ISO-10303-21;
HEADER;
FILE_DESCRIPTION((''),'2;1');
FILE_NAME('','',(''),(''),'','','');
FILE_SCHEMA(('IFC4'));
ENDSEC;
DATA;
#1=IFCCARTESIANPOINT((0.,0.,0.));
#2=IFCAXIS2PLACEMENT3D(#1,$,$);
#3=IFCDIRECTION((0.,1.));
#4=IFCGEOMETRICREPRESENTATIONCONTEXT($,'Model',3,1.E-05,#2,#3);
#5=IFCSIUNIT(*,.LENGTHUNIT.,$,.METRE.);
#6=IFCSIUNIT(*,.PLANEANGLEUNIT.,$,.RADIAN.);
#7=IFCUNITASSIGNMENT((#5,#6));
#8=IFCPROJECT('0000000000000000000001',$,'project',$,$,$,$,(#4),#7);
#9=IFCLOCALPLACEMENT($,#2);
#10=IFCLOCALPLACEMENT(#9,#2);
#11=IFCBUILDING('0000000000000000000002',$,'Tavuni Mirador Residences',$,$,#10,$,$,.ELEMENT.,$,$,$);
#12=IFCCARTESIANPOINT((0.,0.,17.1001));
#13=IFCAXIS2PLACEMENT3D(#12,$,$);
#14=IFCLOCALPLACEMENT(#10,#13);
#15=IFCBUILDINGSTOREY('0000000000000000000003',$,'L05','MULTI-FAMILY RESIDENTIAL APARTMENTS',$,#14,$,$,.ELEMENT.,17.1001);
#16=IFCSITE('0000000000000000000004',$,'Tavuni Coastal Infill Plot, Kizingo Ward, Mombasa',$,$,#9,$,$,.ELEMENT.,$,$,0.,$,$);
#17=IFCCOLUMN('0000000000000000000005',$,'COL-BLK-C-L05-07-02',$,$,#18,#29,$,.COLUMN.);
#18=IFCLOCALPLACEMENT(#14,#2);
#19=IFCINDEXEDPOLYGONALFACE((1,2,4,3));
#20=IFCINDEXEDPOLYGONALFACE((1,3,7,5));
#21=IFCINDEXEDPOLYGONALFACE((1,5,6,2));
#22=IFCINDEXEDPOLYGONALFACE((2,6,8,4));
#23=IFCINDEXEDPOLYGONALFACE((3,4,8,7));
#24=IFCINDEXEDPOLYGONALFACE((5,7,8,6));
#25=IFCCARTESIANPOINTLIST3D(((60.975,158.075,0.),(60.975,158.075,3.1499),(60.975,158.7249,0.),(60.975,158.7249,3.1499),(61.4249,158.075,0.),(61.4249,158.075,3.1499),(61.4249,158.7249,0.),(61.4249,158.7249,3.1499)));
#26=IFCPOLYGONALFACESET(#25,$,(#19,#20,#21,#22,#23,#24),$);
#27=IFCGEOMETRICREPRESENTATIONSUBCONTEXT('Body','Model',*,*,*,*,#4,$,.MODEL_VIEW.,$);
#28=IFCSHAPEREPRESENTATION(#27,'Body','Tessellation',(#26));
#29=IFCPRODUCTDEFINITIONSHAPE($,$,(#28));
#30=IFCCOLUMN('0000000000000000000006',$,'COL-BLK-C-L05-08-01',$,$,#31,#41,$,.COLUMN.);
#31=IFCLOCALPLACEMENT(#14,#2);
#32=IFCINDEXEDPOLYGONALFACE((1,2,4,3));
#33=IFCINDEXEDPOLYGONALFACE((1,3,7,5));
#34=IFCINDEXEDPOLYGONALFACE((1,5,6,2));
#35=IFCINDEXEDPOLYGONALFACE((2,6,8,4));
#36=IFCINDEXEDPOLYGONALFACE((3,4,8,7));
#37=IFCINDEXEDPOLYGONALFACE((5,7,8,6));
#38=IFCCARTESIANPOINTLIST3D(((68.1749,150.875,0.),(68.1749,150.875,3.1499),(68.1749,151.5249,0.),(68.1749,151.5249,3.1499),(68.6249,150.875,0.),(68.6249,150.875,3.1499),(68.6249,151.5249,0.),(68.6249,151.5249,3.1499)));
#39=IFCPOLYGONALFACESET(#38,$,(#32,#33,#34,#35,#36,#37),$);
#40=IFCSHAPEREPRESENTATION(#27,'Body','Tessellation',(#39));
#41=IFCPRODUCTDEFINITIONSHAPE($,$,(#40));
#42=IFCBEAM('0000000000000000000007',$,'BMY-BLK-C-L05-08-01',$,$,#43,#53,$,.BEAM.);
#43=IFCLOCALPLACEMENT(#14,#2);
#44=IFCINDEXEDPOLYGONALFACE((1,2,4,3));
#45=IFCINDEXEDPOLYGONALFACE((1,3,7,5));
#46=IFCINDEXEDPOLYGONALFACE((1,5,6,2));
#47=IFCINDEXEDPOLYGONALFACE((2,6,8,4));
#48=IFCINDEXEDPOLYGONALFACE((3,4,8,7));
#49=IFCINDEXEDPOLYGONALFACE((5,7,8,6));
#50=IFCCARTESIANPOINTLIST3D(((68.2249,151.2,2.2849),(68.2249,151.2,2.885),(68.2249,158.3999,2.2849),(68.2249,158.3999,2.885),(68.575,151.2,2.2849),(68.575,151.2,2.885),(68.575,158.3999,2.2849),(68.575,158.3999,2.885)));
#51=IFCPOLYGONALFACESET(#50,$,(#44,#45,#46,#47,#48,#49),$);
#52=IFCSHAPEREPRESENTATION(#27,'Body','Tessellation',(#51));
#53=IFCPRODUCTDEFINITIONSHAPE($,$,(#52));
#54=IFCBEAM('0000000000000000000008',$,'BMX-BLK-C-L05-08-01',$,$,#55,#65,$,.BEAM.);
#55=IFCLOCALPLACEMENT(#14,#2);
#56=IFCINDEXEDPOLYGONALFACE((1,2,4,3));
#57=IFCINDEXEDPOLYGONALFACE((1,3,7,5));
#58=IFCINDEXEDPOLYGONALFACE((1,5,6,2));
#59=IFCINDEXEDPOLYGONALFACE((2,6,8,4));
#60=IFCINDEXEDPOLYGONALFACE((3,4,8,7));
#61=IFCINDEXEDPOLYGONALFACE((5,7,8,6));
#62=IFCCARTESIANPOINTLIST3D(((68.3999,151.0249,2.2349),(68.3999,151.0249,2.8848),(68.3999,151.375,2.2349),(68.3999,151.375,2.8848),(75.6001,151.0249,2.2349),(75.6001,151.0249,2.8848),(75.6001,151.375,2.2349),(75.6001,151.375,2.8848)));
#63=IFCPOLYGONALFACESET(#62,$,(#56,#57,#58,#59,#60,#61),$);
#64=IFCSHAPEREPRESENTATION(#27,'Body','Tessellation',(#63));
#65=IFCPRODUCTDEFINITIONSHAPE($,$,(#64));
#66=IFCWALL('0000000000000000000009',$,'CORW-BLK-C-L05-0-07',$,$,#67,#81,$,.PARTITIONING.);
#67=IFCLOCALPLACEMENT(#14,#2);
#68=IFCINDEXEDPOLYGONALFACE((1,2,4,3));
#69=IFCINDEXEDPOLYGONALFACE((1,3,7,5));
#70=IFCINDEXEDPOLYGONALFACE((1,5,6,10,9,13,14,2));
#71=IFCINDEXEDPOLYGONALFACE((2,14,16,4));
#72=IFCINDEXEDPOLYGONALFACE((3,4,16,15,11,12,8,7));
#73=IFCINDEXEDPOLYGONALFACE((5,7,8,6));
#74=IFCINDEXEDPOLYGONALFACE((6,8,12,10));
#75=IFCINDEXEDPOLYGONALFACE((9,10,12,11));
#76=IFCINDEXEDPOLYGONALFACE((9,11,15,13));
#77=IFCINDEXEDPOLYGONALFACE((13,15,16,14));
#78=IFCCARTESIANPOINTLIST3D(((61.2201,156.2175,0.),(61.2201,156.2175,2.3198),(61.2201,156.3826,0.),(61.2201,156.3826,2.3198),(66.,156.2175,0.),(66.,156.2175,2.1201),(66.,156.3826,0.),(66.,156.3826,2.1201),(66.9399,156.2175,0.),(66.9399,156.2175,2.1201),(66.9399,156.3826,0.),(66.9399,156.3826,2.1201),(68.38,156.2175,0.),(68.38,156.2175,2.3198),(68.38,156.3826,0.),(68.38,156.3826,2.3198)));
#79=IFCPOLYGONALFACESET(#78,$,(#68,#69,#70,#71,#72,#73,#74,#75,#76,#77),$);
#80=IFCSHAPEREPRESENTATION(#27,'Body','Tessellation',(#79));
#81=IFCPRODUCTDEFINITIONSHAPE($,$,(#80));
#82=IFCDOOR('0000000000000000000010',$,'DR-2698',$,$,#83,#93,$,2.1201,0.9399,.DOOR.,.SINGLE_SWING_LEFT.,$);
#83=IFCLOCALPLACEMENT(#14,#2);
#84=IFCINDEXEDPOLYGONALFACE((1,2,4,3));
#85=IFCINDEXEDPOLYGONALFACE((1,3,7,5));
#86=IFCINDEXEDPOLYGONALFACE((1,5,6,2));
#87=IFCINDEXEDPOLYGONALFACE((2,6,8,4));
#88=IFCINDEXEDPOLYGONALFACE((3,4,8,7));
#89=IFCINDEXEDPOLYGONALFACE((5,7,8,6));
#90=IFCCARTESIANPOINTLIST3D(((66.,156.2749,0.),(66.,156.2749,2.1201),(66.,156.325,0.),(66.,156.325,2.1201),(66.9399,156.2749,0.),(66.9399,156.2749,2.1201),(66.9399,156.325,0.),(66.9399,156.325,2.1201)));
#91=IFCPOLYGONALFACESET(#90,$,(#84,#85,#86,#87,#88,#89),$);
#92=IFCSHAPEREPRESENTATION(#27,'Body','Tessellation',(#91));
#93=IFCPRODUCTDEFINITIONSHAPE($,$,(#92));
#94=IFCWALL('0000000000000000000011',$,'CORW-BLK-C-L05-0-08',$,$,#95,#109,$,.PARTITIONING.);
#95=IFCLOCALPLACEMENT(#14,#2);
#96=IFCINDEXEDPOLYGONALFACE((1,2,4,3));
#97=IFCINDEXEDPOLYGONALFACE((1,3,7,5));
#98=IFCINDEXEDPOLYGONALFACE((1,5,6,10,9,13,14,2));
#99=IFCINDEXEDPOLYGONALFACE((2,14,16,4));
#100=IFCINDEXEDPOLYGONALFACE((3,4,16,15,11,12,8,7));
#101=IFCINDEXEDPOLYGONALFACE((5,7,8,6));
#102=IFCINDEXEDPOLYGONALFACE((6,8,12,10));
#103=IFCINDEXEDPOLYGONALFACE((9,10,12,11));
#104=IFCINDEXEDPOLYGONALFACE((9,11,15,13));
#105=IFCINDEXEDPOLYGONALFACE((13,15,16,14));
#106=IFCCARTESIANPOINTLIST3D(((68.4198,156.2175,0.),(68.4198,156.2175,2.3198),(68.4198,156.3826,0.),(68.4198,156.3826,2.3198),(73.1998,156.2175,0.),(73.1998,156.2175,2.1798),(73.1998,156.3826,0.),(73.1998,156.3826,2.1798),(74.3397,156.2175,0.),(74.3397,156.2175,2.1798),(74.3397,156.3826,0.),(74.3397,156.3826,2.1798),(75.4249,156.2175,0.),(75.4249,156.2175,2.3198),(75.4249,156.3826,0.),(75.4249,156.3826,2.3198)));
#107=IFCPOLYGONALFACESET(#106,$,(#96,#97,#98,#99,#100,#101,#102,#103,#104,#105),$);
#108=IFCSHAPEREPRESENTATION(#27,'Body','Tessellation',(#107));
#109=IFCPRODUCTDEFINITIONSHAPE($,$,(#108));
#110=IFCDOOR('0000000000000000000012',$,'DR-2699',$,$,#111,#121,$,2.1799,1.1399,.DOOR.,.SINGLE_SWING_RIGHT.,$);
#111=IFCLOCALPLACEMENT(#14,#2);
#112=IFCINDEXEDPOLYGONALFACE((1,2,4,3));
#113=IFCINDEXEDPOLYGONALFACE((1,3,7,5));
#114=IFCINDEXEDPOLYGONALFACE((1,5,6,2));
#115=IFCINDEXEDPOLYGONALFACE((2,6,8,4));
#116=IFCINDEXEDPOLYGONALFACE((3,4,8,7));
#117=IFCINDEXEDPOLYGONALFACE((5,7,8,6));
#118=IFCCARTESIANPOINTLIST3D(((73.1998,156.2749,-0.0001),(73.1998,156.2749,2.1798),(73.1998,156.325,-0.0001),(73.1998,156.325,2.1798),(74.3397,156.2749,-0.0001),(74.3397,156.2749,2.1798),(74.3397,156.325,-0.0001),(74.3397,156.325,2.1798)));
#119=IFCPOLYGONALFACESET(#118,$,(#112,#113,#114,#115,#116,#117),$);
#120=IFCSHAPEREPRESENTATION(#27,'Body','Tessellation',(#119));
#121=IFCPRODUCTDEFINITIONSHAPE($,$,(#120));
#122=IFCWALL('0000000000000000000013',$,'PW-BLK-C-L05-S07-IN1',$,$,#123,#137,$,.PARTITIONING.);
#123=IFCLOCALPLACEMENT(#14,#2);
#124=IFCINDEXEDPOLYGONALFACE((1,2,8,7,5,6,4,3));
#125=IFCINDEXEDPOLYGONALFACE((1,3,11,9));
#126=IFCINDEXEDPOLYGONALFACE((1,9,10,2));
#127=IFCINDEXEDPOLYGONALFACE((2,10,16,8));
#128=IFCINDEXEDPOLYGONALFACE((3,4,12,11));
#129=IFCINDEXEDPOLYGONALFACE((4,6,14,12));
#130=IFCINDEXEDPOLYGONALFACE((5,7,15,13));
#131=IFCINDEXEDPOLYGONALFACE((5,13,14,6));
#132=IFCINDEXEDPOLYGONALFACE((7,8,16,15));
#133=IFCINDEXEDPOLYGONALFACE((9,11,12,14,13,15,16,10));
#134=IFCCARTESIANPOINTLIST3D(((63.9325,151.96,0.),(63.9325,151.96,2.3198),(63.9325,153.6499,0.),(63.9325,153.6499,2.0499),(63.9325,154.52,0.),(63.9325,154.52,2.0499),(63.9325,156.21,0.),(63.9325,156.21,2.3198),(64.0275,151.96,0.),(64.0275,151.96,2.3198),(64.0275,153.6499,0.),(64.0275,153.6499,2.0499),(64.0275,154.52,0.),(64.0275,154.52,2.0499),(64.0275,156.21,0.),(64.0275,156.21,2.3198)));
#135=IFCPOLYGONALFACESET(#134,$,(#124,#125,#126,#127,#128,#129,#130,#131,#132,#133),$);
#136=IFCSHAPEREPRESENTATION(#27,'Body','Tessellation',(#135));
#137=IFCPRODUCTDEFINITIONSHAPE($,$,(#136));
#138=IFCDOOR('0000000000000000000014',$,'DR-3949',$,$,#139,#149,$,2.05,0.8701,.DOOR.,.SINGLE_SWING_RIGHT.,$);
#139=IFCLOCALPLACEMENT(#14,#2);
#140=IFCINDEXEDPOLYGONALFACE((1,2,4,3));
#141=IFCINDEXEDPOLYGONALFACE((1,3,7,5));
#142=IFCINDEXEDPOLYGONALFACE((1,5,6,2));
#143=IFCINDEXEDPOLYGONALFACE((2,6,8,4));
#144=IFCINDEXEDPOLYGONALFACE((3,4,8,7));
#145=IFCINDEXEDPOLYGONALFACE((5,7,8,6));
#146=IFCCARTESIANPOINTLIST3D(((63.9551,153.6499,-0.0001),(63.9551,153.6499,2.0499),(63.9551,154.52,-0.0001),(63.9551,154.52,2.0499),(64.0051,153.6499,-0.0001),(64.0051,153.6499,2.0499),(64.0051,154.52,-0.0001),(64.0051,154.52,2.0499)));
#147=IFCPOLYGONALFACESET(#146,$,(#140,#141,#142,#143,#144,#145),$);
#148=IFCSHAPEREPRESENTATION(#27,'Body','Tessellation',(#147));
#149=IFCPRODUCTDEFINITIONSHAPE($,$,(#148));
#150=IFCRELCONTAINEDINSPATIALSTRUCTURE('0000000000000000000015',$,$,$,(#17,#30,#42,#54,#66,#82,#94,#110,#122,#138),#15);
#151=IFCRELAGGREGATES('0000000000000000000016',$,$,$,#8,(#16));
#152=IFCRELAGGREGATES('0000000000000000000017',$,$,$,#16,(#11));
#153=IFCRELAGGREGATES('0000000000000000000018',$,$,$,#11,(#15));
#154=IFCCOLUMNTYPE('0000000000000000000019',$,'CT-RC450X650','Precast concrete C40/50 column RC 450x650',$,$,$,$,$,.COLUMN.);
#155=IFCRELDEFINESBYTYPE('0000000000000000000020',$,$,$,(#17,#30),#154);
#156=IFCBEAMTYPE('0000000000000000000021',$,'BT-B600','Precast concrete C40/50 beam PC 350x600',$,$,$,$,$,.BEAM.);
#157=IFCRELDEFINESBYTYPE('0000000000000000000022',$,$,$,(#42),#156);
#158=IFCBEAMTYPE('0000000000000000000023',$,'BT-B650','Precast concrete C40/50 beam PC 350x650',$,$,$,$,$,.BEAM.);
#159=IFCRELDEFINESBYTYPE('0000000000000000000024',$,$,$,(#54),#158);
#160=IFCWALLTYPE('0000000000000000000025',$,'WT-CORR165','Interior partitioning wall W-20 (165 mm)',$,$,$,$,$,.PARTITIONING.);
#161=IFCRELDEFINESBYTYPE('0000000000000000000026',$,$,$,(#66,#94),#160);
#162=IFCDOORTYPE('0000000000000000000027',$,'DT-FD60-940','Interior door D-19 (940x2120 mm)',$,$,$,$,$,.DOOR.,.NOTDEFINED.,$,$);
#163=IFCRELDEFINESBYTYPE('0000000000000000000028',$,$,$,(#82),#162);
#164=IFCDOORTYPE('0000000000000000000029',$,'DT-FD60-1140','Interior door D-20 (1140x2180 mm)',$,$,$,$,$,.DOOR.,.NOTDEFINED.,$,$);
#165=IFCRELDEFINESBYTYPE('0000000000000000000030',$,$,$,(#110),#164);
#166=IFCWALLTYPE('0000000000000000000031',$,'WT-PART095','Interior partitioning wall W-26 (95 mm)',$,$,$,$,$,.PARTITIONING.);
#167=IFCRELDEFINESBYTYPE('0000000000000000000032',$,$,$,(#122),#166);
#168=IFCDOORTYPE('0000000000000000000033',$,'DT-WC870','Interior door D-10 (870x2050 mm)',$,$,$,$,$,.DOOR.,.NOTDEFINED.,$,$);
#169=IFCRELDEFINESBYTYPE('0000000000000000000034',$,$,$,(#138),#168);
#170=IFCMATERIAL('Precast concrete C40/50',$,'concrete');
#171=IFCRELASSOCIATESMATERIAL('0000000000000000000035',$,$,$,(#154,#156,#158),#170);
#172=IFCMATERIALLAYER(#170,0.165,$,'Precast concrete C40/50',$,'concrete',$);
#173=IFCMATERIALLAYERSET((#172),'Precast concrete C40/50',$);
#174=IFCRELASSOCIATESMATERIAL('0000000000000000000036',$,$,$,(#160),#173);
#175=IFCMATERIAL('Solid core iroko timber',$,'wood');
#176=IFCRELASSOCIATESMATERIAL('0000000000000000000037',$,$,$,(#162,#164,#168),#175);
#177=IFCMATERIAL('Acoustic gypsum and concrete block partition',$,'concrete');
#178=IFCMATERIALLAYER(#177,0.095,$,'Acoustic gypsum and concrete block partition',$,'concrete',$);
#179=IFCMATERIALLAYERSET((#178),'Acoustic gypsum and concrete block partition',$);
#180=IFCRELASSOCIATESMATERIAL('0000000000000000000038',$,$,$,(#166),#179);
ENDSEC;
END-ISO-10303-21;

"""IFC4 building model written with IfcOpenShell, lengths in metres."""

from ifc_helpers import new_model, si_unit, direction, frame, frame_2d, origin, origin_2d, place, context, subcontext, project, spatial, rectangle, extrude, material, layer, layer_set, material_profile, profile_set, type_object, element, fill, save


model = new_model("IFC4")

# Units and contexts
model_context = context("Model", 3, precision=1e-05, world=origin(), true_north=direction((0.0, 1.0)))
body_context = subcontext(model_context, "Body", "Model", "MODEL_VIEW")
ifc_project = project(units=[si_unit("LENGTHUNIT", "METRE"), si_unit("PLANEANGLEUNIT", "RADIAN")], contexts=[model_context])

# Site, building, storey
site_placement = place(None, origin())
site = spatial("IfcSite", under=ifc_project, at=site_placement, Name="Tavuni Coastal Infill Plot, Kizingo Ward, Mombasa", CompositionType="ELEMENT", RefElevation=0.0)
building_placement = place(site_placement, origin())
building = spatial("IfcBuilding", under=site, at=building_placement, Name="Tavuni Mirador Residences", CompositionType="ELEMENT")
storey_placement = place(building_placement, frame((0.0, 0.0, 17.1001)))
storey = spatial("IfcBuildingStorey", under=building, at=storey_placement, Name="L05", Description="MULTI-FAMILY RESIDENTIAL APARTMENTS", CompositionType="ELEMENT", Elevation=17.1001)

# Columns
ifc_material_1 = material(Name="Precast concrete C40/50", Category="concrete")
ifc_material_profile_1 = material_profile(ifc_material_1, rectangle(XDim=0.45, YDim=0.6499, at=origin_2d()), Name="RC 450x650", Category="concrete")
ifc_profile_set_1 = profile_set([ifc_material_profile_1], Name="Precast concrete C40/50")
column_type = type_object("IfcColumnType", Name="CT-RC450X650", Description="Precast concrete C40/50 column RC 450x650", PredefinedType="COLUMN", material=ifc_profile_set_1)
for number, where, z_axis, x_axis, name in (
    (1, (61.2, 158.3999, 0.0), (0.0, 0.0, 1.0), (1.0, 0.0, 0.0), "COL-BLK-C-L05-07-02"),
    (2, (68.3999, 151.2, 0.0), (0.0, 0.0, 1.0), (1.0, 0.0, 0.0), "COL-BLK-C-L05-08-01"),
):
    element("IfcColumn", number, at=place(storey_placement, frame(where, z_axis=z_axis, x_axis=x_axis)), inside=storey, type_object=column_type, Name=name, PredefinedType="COLUMN", context=body_context, shape_type="SweptSolid", body=[
        extrude(rectangle(XDim=0.45, YDim=0.6499, at=origin_2d()), origin(), (0.0, 0.0, 1.0), 3.1499),
    ])

# Beams
ifc_material_profile_2 = material_profile(ifc_material_1, rectangle(XDim=0.3501, YDim=0.6001, at=origin_2d()), Name="PC 350x600", Category="concrete")
ifc_profile_set_2 = profile_set([ifc_material_profile_2], Name="Precast concrete C40/50")
beam_type_1 = type_object("IfcBeamType", Name="BT-B600", Description="Precast concrete C40/50 beam PC 350x600", PredefinedType="BEAM", material=ifc_profile_set_2)
beam_1_placement = place(storey_placement, frame((68.3999, 151.2, 2.585), z_axis=(0.0, 1.0, 0.0), x_axis=(-1.0, 0.0, 0.0)))
element("IfcBeam", 3, at=beam_1_placement, inside=storey, type_object=beam_type_1, Name="BMY-BLK-C-L05-08-01", PredefinedType="BEAM", context=body_context, shape_type="SweptSolid", body=[
    extrude(rectangle(XDim=0.3501, YDim=0.6001, at=origin_2d()), origin(), (0.0, 0.0, 1.0), 7.2),
])
ifc_material_profile_3 = material_profile(ifc_material_1, rectangle(XDim=0.3501, YDim=0.6499, at=origin_2d()), Name="PC 350x650", Category="concrete")
ifc_profile_set_3 = profile_set([ifc_material_profile_3], Name="Precast concrete C40/50")
beam_type_2 = type_object("IfcBeamType", Name="BT-B650", Description="Precast concrete C40/50 beam PC 350x650", PredefinedType="BEAM", material=ifc_profile_set_3)
beam_2_placement = place(storey_placement, frame((68.3999, 151.2, 2.5598), z_axis=(1.0, 0.0, 0.0), x_axis=(0.0, 1.0, 0.0)))
element("IfcBeam", 4, at=beam_2_placement, inside=storey, type_object=beam_type_2, Name="BMX-BLK-C-L05-08-01", PredefinedType="BEAM", context=body_context, shape_type="SweptSolid", body=[
    extrude(rectangle(XDim=0.3501, YDim=0.6499, at=origin_2d()), origin(), (0.0, 0.0, 1.0), 7.2002),
])

# Walls, openings, doors
ifc_layer_1 = layer(ifc_material_1, 0.165, Name="Precast concrete C40/50", Category="concrete")
ifc_layer_set_1 = layer_set([ifc_layer_1], Name="Precast concrete C40/50")
wall_type_1 = type_object("IfcWallType", Name="WT-CORR165", Description="Interior partitioning wall W-20 (165 mm)", PredefinedType="PARTITIONING", material=ifc_layer_set_1)
wall_1_placement = place(storey_placement, frame((61.22, 156.3, 0.0), z_axis=(0.0, 0.0, 1.0), x_axis=(1.0, 0.0, 0.0)))
wall_1 = element("IfcWall", 5, at=wall_1_placement, inside=storey, type_object=wall_type_1, Name="CORW-BLK-C-L05-0-07", PredefinedType="PARTITIONING", context=body_context, shape_type="SweptSolid", body=[
    extrude(rectangle(XDim=7.1599, YDim=0.165, at=frame_2d((3.5801, 0.0))), origin(), (0.0, 0.0, 1.0), 2.3198),
])
opening_1_placement = place(wall_1_placement, frame((4.78, 0.0, 0.0)))
opening_1 = element("IfcOpeningElement", 6, at=opening_1_placement, cuts=wall_1, PredefinedType="OPENING", context=body_context, shape_type="SweptSolid", body=[
    extrude(rectangle(XDim=0.9399, YDim=2.1201, at=frame_2d((0.47, 1.0601))), frame((0.0, 0.0925, 0.0), z_axis=(0.0, -1.0, 0.0), x_axis=(1.0, 0.0, 0.0)), (0.0, 0.0, 1.0), 0.1851),
])
ifc_material_2 = material(Name="Solid core iroko timber", Category="wood")
door_type_1 = type_object("IfcDoorType", Name="DT-FD60-940", Description="Interior door D-19 (940x2120 mm)", OperationType="NOTDEFINED", PredefinedType="DOOR", material=ifc_material_2)
door_1_placement = place(opening_1_placement, origin())
door_1 = element("IfcDoor", 7, at=door_1_placement, inside=storey, type_object=door_type_1, Name="DR-2698", OperationType="SINGLE_SWING_LEFT", OverallHeight=2.1201, OverallWidth=0.9399, PredefinedType="DOOR", context=body_context, shape_type="SweptSolid", body=[
    extrude(rectangle(XDim=0.9399, YDim=2.1201, at=frame_2d((0.47, 1.0601))), frame((0.0, 0.0249, 0.0), z_axis=(0.0, -1.0, 0.0), x_axis=(1.0, 0.0, 0.0)), (0.0, 0.0, 1.0), 0.05),
])
fill(opening_1, door_1)
wall_2_placement = place(storey_placement, frame((68.4199, 156.3, 0.0), z_axis=(0.0, 0.0, 1.0), x_axis=(1.0, 0.0, 0.0)))
wall_2 = element("IfcWall", 8, at=wall_2_placement, inside=storey, type_object=wall_type_1, Name="CORW-BLK-C-L05-0-08", PredefinedType="PARTITIONING", context=body_context, shape_type="SweptSolid", body=[
    extrude(rectangle(XDim=7.0051, YDim=0.165, at=frame_2d((3.5024, 0.0))), origin(), (0.0, 0.0, 1.0), 2.3198),
])
opening_2_placement = place(wall_2_placement, frame((4.78, 0.0, 0.0)))
opening_2 = element("IfcOpeningElement", 9, at=opening_2_placement, cuts=wall_2, PredefinedType="OPENING", context=body_context, shape_type="SweptSolid", body=[
    extrude(rectangle(XDim=1.1399, YDim=2.1799, at=frame_2d((0.5698, 1.0898))), frame((0.0, 0.0925, 0.0), z_axis=(0.0, -1.0, 0.0), x_axis=(1.0, 0.0, 0.0)), (0.0, 0.0, 1.0), 0.1851),
])
door_type_2 = type_object("IfcDoorType", Name="DT-FD60-1140", Description="Interior door D-20 (1140x2180 mm)", OperationType="NOTDEFINED", PredefinedType="DOOR", material=ifc_material_2)
door_2_placement = place(opening_2_placement, origin())
door_2 = element("IfcDoor", 10, at=door_2_placement, inside=storey, type_object=door_type_2, Name="DR-2699", OperationType="SINGLE_SWING_RIGHT", OverallHeight=2.1799, OverallWidth=1.1399, PredefinedType="DOOR", context=body_context, shape_type="SweptSolid", body=[
    extrude(rectangle(XDim=1.1399, YDim=2.1799, at=frame_2d((0.5698, 1.0898))), frame((0.0, 0.0249, 0.0), z_axis=(0.0, -1.0, 0.0), x_axis=(1.0, 0.0, 0.0)), (0.0, 0.0, 1.0), 0.05),
])
fill(opening_2, door_2)
ifc_material_3 = material(Name="Acoustic gypsum and concrete block partition", Category="concrete")
ifc_layer_2 = layer(ifc_material_3, 0.095, Name="Acoustic gypsum and concrete block partition", Category="concrete")
ifc_layer_set_2 = layer_set([ifc_layer_2], Name="Acoustic gypsum and concrete block partition")
wall_type_2 = type_object("IfcWallType", Name="WT-PART095", Description="Interior partitioning wall W-26 (95 mm)", PredefinedType="PARTITIONING", material=ifc_layer_set_2)
wall_3_placement = place(storey_placement, frame((63.98, 151.96, 0.0), z_axis=(0.0, 0.0, 1.0), x_axis=(0.0, 1.0, 0.0)))
wall_3 = element("IfcWall", 11, at=wall_3_placement, inside=storey, type_object=wall_type_2, Name="PW-BLK-C-L05-S07-IN1", PredefinedType="PARTITIONING", context=body_context, shape_type="SweptSolid", body=[
    extrude(rectangle(XDim=4.25, YDim=0.095, at=frame_2d((2.125, 0.0))), origin(), (0.0, 0.0, 1.0), 2.3198),
])
opening_3_placement = place(wall_3_placement, frame((1.6899, 0.0, 0.0)))
opening_3 = element("IfcOpeningElement", 12, at=opening_3_placement, cuts=wall_3, PredefinedType="OPENING", context=body_context, shape_type="SweptSolid", body=[
    extrude(rectangle(XDim=0.8701, YDim=2.05, at=frame_2d((0.4351, 1.0249))), frame((0.0, 0.0576, 0.0), z_axis=(0.0, -1.0, 0.0), x_axis=(1.0, 0.0, 0.0)), (0.0, 0.0, 1.0), 0.115),
])
door_type_3 = type_object("IfcDoorType", Name="DT-WC870", Description="Interior door D-10 (870x2050 mm)", OperationType="NOTDEFINED", PredefinedType="DOOR", material=ifc_material_2)
door_3_placement = place(opening_3_placement, origin())
door_3 = element("IfcDoor", 13, at=door_3_placement, inside=storey, type_object=door_type_3, Name="DR-3949", OperationType="SINGLE_SWING_RIGHT", OverallHeight=2.05, OverallWidth=0.8701, PredefinedType="DOOR", context=body_context, shape_type="SweptSolid", body=[
    extrude(rectangle(XDim=0.8701, YDim=2.05, at=frame_2d((0.4351, 1.0249))), frame((0.0, 0.0249, 0.0), z_axis=(0.0, -1.0, 0.0), x_axis=(1.0, 0.0, 0.0)), (0.0, 0.0, 1.0), 0.05),
])
fill(opening_3, door_3)

save(model, "model.ifc")
